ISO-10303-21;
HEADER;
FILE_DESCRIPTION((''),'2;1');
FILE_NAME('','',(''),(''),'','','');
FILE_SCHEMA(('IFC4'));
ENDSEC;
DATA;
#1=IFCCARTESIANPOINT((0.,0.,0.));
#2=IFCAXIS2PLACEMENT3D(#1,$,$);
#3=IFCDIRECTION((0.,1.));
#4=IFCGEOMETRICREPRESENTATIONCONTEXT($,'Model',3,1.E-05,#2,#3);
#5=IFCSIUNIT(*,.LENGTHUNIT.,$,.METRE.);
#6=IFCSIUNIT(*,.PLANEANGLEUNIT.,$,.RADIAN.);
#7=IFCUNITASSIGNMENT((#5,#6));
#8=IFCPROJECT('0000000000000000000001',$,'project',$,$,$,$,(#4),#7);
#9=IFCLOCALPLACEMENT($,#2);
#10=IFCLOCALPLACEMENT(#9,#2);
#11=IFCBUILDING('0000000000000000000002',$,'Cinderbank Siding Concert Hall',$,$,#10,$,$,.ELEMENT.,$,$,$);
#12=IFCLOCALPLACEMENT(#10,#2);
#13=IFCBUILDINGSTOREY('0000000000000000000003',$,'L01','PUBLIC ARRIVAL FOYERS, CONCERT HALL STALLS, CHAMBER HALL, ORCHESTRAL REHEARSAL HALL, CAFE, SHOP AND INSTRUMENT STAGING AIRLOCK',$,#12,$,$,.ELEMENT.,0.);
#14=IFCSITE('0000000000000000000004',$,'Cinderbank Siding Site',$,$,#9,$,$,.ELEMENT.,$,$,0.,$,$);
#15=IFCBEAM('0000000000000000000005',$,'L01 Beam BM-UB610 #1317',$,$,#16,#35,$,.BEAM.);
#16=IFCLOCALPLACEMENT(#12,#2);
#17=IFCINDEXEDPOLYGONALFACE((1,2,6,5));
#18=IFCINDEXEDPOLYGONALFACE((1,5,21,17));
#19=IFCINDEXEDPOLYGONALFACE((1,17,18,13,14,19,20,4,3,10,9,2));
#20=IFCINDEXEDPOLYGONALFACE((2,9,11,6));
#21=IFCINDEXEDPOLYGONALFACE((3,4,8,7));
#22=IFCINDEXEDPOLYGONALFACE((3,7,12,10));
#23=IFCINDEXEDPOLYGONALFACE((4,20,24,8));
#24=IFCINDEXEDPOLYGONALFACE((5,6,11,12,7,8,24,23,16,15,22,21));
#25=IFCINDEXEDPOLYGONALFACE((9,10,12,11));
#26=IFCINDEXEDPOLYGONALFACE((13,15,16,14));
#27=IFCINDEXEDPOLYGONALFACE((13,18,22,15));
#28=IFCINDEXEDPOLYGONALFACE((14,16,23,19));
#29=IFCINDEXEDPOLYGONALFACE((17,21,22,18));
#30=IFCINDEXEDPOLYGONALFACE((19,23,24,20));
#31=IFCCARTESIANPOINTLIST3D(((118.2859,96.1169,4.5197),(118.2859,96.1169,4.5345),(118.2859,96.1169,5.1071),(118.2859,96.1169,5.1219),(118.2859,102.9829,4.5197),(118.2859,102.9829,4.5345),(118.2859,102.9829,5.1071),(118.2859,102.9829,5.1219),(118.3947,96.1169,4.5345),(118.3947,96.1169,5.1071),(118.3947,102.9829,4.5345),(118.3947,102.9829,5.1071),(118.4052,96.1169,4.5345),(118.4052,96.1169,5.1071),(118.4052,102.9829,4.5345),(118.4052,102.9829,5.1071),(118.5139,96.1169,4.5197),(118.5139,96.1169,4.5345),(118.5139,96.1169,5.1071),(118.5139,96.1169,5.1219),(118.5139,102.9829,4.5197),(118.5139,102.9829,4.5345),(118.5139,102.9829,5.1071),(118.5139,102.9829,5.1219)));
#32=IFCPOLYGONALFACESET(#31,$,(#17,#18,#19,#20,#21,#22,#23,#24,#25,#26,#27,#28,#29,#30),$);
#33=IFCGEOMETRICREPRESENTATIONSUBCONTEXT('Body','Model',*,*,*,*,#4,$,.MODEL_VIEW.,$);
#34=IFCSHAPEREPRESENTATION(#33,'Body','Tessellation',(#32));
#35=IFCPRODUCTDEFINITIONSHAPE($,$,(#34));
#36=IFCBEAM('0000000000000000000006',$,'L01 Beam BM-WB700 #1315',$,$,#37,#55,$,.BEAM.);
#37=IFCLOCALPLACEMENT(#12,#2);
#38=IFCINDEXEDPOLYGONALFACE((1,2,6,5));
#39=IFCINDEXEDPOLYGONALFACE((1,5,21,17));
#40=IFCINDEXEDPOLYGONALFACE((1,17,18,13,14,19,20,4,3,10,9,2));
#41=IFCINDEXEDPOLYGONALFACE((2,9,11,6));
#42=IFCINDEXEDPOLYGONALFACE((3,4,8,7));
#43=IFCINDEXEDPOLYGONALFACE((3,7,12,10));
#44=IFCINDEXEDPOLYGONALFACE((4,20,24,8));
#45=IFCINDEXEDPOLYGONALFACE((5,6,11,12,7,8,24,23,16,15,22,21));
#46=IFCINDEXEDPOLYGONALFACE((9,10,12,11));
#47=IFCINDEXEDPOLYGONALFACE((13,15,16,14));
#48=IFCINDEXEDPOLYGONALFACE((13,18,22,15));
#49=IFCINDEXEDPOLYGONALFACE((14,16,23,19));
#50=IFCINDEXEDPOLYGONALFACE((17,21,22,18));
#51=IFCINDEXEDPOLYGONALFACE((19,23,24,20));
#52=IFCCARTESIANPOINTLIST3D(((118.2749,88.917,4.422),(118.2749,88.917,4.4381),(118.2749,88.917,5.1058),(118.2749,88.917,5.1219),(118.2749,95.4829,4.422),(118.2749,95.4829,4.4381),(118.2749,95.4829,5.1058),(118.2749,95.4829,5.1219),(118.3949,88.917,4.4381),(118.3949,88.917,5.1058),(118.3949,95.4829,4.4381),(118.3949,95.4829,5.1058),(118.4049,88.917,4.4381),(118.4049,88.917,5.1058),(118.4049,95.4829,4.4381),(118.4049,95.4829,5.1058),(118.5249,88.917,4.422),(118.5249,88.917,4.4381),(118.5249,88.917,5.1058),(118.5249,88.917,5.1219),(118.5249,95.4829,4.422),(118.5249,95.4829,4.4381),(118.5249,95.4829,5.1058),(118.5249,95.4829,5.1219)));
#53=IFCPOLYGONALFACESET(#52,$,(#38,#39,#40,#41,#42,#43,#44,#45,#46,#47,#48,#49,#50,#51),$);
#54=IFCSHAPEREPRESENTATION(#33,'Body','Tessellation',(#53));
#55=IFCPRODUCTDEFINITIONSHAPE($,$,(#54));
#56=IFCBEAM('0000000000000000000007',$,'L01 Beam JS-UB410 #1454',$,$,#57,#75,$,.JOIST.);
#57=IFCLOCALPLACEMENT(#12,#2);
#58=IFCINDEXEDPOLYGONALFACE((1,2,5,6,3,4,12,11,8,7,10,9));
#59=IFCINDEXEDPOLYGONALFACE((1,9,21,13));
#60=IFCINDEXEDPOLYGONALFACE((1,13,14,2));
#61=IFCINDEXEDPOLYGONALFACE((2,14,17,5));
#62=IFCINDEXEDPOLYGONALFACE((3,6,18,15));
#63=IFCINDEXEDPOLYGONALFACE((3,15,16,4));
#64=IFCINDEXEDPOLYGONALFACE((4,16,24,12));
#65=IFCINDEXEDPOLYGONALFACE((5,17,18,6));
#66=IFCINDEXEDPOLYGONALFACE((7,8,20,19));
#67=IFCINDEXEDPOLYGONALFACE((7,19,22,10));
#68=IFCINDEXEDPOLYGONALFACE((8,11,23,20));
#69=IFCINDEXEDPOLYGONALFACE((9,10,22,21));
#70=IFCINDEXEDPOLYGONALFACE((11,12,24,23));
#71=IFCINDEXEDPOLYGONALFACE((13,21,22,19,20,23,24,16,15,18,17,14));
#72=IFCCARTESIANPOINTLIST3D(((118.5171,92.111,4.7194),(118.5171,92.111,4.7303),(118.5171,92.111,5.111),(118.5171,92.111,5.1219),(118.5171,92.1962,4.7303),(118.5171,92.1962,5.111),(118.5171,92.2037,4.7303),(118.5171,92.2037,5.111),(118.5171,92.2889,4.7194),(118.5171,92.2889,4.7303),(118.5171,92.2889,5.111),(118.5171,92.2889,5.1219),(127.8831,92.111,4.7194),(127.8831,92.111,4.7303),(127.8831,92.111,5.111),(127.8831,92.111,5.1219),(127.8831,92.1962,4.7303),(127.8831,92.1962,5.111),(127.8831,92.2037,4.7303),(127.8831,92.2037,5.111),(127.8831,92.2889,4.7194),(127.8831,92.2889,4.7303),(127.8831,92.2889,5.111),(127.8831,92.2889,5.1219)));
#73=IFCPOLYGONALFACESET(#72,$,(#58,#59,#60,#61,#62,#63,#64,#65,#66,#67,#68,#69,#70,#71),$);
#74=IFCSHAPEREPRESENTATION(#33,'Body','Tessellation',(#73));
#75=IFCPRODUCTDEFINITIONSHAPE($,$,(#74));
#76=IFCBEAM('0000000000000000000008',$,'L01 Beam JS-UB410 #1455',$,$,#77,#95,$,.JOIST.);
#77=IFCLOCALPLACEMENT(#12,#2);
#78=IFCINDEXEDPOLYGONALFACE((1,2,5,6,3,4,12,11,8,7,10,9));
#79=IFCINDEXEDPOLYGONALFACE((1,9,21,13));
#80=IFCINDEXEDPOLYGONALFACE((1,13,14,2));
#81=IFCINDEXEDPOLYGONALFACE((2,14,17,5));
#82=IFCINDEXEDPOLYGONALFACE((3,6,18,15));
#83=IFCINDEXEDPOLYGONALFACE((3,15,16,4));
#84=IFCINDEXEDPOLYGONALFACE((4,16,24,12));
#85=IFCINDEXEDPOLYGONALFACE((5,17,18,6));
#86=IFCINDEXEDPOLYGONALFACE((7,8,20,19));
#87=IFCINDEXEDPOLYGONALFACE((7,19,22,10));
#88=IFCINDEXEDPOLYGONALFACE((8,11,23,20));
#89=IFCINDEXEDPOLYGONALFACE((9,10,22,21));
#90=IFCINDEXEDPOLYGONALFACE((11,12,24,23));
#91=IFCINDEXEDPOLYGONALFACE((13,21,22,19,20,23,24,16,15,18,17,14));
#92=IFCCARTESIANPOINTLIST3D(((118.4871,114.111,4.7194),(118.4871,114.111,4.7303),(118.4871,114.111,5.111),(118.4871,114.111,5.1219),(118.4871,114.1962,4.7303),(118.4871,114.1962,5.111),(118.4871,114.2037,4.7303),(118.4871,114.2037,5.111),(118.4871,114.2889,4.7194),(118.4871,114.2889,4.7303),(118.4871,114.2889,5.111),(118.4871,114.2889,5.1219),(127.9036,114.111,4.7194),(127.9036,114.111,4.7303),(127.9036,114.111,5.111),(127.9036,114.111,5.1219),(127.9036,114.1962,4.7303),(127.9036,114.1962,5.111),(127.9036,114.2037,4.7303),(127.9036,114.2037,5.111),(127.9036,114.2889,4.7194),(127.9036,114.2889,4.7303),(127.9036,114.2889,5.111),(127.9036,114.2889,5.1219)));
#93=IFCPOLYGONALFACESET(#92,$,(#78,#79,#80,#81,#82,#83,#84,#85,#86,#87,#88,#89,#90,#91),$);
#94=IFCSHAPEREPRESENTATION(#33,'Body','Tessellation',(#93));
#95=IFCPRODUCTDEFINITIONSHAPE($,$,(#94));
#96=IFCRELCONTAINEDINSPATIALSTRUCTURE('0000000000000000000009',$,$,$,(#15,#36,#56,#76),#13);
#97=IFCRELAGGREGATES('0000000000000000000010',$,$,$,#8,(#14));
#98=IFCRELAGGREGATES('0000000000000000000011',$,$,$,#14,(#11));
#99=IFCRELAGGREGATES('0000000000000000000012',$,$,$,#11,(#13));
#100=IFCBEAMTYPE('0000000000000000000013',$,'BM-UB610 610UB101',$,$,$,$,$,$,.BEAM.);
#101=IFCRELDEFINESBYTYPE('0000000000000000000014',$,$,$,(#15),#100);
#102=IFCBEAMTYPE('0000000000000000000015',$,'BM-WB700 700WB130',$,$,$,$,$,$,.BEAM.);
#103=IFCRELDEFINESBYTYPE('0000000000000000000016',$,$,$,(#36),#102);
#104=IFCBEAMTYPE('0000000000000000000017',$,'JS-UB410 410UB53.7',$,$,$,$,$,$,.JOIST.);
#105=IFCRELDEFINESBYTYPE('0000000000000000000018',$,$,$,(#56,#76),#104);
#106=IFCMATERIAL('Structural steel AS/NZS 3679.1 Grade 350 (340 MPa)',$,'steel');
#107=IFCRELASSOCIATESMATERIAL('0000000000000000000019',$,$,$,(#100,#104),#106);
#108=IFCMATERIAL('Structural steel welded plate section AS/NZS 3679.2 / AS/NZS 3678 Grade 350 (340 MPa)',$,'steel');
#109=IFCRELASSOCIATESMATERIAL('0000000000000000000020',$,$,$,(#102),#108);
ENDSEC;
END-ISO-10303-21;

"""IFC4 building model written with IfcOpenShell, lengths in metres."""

from ifc_helpers import new_model, si_unit, direction, frame, origin, origin_2d, place, context, subcontext, project, spatial, i_section, extrude, material, material_profile, profile_set, type_object, element, save


model = new_model("IFC4")

# Units and contexts
model_context = context("Model", 3, precision=1e-05, world=origin(), true_north=direction((0.0, 1.0)))
body_context = subcontext(model_context, "Body", "Model", "MODEL_VIEW")
ifc_project = project(units=[si_unit("LENGTHUNIT", "METRE"), si_unit("PLANEANGLEUNIT", "RADIAN")], contexts=[model_context])

# Site, building, storey
site_placement = place(None, origin())
site = spatial("IfcSite", under=ifc_project, at=site_placement, Name="Cinderbank Siding Site", CompositionType="ELEMENT", RefElevation=0.0)
building_placement = place(site_placement, origin())
building = spatial("IfcBuilding", under=site, at=building_placement, Name="Cinderbank Siding Concert Hall", CompositionType="ELEMENT")
storey_placement = place(building_placement, origin())
storey = spatial("IfcBuildingStorey", under=building, at=storey_placement, Name="L01", Description="PUBLIC ARRIVAL FOYERS, CONCERT HALL STALLS, CHAMBER HALL, ORCHESTRAL REHEARSAL HALL, CAFE, SHOP AND INSTRUMENT STAGING AIRLOCK", CompositionType="ELEMENT", Elevation=0.0)

# Beams
ifc_material_1 = material(Name="Structural steel AS/NZS 3679.1 Grade 350 (340 MPa)", Category="steel")
ifc_material_profile_1 = material_profile(ifc_material_1, i_section(OverallWidth=0.228, OverallDepth=0.6023, WebThickness=0.0105, FlangeThickness=0.0149, at=origin_2d()), Name="610UB101", Category="LoadBearing")
ifc_profile_set_1 = profile_set([ifc_material_profile_1], Name="Structural steel AS/NZS 3679.1 Grade 350 (340 MPa)")
beam_type_1 = type_object("IfcBeamType", Name="BM-UB610 610UB101", PredefinedType="BEAM", material=ifc_profile_set_1)
beam_1_placement = place(storey_placement, frame((118.3999, 96.1169, 4.8208), z_axis=(0.0, 1.0, 0.0), x_axis=(-1.0, 0.0, 0.0)))
element("IfcBeam", 1, at=beam_1_placement, inside=storey, type_object=beam_type_1, Name="L01 Beam BM-UB610 #1317", PredefinedType="BEAM", context=body_context, shape_type="SweptSolid", body=[
    extrude(i_section(OverallWidth=0.228, OverallDepth=0.6023, WebThickness=0.0105, FlangeThickness=0.0149, at=origin_2d()), origin(), (0.0, 0.0, 1.0), 6.866),
])
ifc_material_2 = material(Name="Structural steel welded plate section AS/NZS 3679.2 / AS/NZS 3678 Grade 350 (340 MPa)", Category="steel")
ifc_material_profile_2 = material_profile(ifc_material_2, i_section(OverallWidth=0.25, OverallDepth=0.7, WebThickness=0.01, FlangeThickness=0.0161, at=origin_2d()), Name="700WB130", Category="LoadBearing")
ifc_profile_set_2 = profile_set([ifc_material_profile_2], Name="Structural steel welded plate section AS/NZS 3679.2 / AS/NZS 3678 Grade 350 (340 MPa)")
beam_type_2 = type_object("IfcBeamType", Name="BM-WB700 700WB130", PredefinedType="BEAM", material=ifc_profile_set_2)
beam_2_placement = place(storey_placement, frame((118.3999, 88.917, 4.772), z_axis=(0.0, 1.0, 0.0), x_axis=(-1.0, 0.0, 0.0)))
element("IfcBeam", 2, at=beam_2_placement, inside=storey, type_object=beam_type_2, Name="L01 Beam BM-WB700 #1315", PredefinedType="BEAM", context=body_context, shape_type="SweptSolid", body=[
    extrude(i_section(OverallWidth=0.25, OverallDepth=0.7, WebThickness=0.01, FlangeThickness=0.0161, at=origin_2d()), origin(), (0.0, 0.0, 1.0), 6.5659),
])
ifc_material_profile_3 = material_profile(ifc_material_1, i_section(OverallWidth=0.178, OverallDepth=0.4026, WebThickness=0.0076, FlangeThickness=0.011, at=origin_2d()), Name="410UB53.7", Category="LoadBearing")
ifc_profile_set_3 = profile_set([ifc_material_profile_3], Name="Structural steel AS/NZS 3679.1 Grade 350 (340 MPa)")
beam_type_3 = type_object("IfcBeamType", Name="JS-UB410 410UB53.7", PredefinedType="JOIST", material=ifc_profile_set_3)
beam_3_placement = place(storey_placement, frame((118.5171, 92.2, 4.9207), z_axis=(1.0, 0.0, 0.0), x_axis=(0.0, 1.0, 0.0)))
element("IfcBeam", 3, at=beam_3_placement, inside=storey, type_object=beam_type_3, Name="L01 Beam JS-UB410 #1454", PredefinedType="JOIST", context=body_context, shape_type="SweptSolid", body=[
    extrude(i_section(OverallWidth=0.178, OverallDepth=0.4026, WebThickness=0.0076, FlangeThickness=0.011, at=origin_2d()), origin(), (0.0, 0.0, 1.0), 9.366),
])
beam_4_placement = place(storey_placement, frame((118.4871, 114.2, 4.9207), z_axis=(1.0, 0.0, 0.0), x_axis=(0.0, 1.0, 0.0)))
element("IfcBeam", 4, at=beam_4_placement, inside=storey, type_object=beam_type_3, Name="L01 Beam JS-UB410 #1455", PredefinedType="JOIST", context=body_context, shape_type="SweptSolid", body=[
    extrude(i_section(OverallWidth=0.178, OverallDepth=0.4026, WebThickness=0.0076, FlangeThickness=0.011, at=origin_2d()), origin(), (0.0, 0.0, 1.0), 9.4165),
])

save(model, "model.ifc")
